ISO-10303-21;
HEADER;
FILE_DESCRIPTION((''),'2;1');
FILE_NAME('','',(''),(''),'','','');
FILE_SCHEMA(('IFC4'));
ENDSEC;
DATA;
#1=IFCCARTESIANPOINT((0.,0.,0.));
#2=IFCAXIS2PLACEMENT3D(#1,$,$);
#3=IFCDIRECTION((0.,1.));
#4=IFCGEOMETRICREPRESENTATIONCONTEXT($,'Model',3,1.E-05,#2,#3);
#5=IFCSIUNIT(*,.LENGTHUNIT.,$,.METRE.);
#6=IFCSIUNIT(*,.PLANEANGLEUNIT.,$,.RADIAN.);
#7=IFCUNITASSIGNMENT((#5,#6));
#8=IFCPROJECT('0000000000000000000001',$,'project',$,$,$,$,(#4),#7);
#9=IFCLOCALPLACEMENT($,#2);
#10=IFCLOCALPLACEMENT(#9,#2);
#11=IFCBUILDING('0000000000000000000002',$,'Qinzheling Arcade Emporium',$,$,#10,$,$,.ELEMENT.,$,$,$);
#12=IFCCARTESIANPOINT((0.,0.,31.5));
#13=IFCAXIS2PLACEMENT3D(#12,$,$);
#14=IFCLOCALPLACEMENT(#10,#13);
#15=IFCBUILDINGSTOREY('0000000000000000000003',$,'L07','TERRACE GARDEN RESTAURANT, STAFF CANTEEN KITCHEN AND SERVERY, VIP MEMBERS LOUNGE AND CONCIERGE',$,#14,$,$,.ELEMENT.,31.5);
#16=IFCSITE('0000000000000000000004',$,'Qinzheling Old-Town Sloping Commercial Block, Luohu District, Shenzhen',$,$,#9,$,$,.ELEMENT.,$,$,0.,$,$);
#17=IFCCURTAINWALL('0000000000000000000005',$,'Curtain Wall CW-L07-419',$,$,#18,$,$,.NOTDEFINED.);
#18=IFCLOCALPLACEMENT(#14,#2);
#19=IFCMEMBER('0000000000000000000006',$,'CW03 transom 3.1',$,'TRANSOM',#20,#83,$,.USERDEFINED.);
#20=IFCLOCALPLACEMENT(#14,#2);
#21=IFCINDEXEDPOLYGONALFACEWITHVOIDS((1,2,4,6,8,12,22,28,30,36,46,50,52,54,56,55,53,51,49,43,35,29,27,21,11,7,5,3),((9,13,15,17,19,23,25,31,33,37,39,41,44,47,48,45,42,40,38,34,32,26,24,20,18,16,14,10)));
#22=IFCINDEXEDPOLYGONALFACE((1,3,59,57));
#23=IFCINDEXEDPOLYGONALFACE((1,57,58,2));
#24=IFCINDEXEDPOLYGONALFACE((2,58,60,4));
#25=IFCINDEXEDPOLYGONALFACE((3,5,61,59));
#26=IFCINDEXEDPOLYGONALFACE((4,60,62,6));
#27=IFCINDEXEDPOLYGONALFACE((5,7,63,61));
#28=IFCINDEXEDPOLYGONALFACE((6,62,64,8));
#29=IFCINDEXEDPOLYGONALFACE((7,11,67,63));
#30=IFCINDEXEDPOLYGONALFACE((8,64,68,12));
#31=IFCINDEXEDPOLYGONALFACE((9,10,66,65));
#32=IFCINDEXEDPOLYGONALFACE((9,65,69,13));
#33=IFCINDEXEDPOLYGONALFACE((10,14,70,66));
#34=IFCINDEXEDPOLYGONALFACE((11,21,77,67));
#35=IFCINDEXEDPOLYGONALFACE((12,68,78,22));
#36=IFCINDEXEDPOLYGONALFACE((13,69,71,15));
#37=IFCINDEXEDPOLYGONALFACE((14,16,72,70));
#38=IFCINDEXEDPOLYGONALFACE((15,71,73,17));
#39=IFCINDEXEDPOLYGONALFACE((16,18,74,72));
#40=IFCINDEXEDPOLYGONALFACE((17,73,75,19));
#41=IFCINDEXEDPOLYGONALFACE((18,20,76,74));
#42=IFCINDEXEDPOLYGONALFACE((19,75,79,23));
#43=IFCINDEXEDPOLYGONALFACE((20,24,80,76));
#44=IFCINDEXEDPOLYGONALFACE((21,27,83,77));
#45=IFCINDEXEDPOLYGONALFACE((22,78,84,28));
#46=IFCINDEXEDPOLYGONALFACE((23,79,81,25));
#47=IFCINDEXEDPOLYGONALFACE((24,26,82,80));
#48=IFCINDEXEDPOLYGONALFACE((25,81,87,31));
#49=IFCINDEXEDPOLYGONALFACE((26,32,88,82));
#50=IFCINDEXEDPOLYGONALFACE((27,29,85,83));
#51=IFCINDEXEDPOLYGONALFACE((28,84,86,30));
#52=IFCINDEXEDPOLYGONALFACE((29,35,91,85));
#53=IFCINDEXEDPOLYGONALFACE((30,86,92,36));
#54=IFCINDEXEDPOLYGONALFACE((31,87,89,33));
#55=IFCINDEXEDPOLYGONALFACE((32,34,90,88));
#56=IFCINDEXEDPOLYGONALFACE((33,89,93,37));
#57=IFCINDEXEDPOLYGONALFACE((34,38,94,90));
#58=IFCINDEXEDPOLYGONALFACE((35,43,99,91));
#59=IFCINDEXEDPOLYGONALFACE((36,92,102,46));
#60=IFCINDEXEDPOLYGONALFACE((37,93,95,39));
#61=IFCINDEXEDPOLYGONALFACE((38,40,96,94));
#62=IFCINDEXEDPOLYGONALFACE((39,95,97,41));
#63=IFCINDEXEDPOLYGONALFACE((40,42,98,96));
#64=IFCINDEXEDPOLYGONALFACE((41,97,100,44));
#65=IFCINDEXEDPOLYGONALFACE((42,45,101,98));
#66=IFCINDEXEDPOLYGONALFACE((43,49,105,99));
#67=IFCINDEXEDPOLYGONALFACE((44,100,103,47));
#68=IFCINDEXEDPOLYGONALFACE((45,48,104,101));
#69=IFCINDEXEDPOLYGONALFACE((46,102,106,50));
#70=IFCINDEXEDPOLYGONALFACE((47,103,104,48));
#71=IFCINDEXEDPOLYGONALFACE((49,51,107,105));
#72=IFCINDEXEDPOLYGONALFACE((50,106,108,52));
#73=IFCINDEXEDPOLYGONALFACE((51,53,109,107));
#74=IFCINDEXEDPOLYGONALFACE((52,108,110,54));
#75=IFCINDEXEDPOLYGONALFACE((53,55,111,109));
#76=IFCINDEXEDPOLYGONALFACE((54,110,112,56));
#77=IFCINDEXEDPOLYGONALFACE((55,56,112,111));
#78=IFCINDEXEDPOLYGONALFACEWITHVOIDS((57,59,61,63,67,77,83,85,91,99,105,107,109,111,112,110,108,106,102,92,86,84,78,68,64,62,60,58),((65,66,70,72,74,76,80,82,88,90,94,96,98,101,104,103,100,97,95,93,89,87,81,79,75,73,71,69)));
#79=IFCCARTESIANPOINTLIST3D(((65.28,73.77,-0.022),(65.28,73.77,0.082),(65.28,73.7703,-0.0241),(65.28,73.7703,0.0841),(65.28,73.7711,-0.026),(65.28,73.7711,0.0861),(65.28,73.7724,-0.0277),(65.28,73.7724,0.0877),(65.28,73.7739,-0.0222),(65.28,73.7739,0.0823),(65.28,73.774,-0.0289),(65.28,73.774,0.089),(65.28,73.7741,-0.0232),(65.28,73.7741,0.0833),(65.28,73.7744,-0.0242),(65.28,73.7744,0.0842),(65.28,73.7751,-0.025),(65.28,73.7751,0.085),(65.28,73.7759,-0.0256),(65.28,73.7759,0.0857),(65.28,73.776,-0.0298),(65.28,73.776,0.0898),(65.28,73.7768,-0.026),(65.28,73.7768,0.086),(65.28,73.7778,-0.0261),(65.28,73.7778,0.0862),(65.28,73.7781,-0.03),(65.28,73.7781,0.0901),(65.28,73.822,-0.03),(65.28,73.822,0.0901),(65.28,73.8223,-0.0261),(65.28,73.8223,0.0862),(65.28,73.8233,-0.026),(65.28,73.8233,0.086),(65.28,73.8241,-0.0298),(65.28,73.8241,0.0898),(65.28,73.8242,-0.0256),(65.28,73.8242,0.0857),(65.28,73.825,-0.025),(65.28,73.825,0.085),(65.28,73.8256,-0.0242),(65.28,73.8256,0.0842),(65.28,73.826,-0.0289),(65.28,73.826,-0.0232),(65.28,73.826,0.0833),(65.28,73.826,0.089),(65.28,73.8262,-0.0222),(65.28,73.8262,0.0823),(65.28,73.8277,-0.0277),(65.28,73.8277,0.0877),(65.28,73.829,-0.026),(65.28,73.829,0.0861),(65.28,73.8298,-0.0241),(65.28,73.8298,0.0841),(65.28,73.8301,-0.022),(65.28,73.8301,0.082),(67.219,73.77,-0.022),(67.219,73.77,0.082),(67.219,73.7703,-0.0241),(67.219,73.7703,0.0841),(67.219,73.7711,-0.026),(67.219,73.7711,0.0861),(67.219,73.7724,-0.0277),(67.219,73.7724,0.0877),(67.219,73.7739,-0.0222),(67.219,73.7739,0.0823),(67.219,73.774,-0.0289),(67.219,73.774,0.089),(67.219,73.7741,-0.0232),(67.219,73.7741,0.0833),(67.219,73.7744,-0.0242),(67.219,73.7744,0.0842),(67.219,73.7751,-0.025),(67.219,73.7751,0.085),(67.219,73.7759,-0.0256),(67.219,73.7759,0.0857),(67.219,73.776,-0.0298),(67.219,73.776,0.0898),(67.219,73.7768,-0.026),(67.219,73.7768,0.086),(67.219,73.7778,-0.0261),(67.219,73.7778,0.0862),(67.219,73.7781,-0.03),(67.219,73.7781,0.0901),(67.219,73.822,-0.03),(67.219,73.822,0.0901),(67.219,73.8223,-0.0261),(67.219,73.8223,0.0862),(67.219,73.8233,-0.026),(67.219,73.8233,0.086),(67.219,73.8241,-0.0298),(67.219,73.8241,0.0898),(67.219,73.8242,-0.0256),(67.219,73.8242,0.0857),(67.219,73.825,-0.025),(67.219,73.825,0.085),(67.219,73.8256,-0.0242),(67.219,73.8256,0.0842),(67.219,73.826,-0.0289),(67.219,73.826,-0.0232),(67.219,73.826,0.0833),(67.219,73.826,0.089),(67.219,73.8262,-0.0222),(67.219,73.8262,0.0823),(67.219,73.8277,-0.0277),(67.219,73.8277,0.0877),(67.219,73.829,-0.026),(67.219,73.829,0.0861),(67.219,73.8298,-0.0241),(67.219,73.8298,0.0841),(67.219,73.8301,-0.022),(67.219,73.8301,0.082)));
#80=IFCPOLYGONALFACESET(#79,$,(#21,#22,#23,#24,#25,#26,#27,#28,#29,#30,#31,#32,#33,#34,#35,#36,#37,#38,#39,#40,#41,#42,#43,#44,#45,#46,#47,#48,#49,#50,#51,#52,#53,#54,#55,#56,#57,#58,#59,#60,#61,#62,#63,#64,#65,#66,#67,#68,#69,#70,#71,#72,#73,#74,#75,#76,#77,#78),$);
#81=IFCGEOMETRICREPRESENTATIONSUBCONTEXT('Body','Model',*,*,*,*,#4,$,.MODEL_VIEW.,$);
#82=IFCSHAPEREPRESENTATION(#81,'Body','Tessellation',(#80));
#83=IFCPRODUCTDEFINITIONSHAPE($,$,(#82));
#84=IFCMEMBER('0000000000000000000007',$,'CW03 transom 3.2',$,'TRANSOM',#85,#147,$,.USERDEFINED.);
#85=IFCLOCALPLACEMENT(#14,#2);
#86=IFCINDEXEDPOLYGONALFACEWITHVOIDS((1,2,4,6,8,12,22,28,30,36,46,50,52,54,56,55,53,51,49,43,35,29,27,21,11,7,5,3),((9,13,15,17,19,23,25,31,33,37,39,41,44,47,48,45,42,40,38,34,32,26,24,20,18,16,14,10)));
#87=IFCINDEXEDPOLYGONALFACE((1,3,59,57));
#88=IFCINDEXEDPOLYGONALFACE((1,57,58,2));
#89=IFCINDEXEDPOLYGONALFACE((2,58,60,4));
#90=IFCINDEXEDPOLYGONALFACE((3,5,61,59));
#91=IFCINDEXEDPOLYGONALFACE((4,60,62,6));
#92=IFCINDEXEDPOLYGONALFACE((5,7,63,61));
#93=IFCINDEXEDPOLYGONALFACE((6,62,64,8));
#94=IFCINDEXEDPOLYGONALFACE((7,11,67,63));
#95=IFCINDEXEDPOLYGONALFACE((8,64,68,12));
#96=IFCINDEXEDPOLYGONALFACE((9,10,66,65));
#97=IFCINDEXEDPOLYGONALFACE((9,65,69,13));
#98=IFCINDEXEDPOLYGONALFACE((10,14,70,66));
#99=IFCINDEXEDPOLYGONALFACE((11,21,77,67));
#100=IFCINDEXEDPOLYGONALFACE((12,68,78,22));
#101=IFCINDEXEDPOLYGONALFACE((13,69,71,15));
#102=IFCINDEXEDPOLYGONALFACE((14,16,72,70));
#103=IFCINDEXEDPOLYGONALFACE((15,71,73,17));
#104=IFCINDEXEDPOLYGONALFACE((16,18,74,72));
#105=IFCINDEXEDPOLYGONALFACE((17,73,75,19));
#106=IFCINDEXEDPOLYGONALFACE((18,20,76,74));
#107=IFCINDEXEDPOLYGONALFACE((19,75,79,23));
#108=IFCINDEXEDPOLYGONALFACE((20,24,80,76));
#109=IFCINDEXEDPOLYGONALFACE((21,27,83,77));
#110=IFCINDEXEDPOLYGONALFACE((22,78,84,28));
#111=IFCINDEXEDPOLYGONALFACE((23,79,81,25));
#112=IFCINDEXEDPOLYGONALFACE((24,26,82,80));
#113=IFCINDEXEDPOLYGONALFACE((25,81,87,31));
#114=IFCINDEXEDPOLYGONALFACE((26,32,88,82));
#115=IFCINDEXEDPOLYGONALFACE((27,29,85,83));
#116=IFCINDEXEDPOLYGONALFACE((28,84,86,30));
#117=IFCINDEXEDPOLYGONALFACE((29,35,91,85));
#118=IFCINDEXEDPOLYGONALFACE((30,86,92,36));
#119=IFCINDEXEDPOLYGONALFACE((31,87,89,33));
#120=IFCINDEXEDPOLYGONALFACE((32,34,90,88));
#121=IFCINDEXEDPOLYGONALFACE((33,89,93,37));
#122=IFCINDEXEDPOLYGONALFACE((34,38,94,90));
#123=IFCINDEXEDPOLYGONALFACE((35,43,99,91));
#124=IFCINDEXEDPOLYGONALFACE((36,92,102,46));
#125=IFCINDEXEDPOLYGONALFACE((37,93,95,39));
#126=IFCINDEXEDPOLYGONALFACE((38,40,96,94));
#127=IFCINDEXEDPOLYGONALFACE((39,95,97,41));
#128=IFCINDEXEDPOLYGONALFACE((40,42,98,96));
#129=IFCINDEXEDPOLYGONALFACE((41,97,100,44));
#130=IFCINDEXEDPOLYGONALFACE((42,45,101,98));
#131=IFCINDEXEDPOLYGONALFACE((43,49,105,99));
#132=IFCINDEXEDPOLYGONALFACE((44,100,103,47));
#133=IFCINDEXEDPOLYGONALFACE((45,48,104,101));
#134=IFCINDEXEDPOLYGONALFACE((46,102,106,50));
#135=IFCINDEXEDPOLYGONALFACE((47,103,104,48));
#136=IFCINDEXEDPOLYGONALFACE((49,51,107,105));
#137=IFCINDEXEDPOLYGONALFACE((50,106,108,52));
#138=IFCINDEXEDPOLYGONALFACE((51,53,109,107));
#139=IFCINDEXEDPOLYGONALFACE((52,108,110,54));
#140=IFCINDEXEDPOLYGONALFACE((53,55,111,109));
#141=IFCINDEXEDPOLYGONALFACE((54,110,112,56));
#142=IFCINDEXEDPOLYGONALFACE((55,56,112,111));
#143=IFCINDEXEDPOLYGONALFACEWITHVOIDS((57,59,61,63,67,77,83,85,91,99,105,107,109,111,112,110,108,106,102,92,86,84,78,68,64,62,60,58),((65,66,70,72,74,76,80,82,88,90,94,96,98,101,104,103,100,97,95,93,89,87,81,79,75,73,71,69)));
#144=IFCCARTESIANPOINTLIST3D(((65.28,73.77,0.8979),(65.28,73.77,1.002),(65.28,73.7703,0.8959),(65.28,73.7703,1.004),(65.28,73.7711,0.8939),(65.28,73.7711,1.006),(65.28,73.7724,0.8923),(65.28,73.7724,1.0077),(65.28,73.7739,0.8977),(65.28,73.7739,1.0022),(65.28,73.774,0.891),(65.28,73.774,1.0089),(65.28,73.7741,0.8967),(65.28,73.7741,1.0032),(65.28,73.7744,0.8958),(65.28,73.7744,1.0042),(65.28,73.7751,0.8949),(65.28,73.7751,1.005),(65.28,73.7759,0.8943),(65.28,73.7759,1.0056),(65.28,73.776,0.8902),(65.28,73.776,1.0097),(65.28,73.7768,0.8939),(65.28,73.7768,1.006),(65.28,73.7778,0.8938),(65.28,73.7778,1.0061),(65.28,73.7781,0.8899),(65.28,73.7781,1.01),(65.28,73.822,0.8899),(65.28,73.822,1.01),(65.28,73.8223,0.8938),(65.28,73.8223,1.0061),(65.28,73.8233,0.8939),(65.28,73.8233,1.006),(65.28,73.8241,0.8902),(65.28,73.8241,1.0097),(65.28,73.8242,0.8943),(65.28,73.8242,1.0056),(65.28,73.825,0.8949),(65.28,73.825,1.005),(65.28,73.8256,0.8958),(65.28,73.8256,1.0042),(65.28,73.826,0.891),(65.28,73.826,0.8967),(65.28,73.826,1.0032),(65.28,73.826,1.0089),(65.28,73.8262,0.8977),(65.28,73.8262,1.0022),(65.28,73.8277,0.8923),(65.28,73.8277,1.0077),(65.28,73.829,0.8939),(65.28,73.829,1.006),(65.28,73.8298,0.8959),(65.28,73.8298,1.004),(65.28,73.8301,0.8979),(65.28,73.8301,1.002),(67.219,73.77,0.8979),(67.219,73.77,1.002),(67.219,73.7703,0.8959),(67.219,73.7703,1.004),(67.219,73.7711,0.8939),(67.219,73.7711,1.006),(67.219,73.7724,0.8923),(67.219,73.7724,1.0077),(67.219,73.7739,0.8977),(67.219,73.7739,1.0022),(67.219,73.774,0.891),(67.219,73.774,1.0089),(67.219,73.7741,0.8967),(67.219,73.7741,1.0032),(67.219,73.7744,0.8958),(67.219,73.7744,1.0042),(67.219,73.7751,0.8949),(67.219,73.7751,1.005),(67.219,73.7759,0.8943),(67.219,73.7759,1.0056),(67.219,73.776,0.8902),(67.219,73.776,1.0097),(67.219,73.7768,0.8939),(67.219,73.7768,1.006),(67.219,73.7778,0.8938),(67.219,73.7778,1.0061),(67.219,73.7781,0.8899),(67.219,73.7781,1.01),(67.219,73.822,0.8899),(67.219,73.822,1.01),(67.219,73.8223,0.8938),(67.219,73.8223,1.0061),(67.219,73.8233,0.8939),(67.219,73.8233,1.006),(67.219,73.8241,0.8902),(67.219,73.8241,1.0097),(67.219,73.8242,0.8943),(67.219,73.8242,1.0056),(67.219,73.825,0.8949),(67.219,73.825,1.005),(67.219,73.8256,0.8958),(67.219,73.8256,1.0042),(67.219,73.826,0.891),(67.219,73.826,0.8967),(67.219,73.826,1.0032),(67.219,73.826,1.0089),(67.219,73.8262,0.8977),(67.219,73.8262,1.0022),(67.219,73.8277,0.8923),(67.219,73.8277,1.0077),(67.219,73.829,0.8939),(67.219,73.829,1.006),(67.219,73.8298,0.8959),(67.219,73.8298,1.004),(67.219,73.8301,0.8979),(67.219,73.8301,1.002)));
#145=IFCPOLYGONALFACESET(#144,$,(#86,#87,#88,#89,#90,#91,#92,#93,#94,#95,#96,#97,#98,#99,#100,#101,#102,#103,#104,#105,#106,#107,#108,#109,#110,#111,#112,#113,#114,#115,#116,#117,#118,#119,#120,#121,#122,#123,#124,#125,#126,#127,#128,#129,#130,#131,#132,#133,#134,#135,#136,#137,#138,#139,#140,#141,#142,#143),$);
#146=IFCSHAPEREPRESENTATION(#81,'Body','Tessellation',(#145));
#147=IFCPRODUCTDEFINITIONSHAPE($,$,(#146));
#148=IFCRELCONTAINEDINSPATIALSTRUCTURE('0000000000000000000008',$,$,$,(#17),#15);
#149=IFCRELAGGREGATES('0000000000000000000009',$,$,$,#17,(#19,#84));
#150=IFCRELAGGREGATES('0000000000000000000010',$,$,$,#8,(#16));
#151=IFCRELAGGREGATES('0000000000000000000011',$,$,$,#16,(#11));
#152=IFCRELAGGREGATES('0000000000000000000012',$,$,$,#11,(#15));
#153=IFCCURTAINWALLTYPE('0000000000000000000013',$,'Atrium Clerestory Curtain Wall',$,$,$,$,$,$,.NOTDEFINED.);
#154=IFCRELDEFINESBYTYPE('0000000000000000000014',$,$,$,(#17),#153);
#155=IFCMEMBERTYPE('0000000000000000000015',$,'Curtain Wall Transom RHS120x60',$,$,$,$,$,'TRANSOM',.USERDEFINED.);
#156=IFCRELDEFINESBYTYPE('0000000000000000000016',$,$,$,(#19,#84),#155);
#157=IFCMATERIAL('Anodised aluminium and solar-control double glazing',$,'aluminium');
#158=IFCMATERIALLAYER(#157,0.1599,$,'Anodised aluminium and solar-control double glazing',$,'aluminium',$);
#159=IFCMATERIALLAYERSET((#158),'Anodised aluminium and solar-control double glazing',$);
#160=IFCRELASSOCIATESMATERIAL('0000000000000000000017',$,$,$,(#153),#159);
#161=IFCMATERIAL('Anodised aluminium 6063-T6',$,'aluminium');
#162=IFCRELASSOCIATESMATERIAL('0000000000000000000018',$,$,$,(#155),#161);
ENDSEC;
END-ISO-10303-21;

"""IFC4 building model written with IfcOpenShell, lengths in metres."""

from ifc_helpers import new_model, si_unit, direction, frame, origin, origin_2d, place, context, subcontext, project, spatial, hollow_rectangle, extrude, material, layer, layer_set, material_profile, profile_set, type_object, element, aggregate, save


model = new_model("IFC4")

# Units and contexts
model_context = context("Model", 3, precision=1e-05, world=origin(), true_north=direction((0.0, 1.0)))
body_context = subcontext(model_context, "Body", "Model", "MODEL_VIEW")
ifc_project = project(units=[si_unit("LENGTHUNIT", "METRE"), si_unit("PLANEANGLEUNIT", "RADIAN")], contexts=[model_context])

# Site, building, storey
site_placement = place(None, origin())
site = spatial("IfcSite", under=ifc_project, at=site_placement, Name="Qinzheling Old-Town Sloping Commercial Block, Luohu District, Shenzhen", CompositionType="ELEMENT", RefElevation=0.0)
building_placement = place(site_placement, origin())
building = spatial("IfcBuilding", under=site, at=building_placement, Name="Qinzheling Arcade Emporium", CompositionType="ELEMENT")
storey_placement = place(building_placement, frame((0.0, 0.0, 31.5)))
storey = spatial("IfcBuildingStorey", under=building, at=storey_placement, Name="L07", Description="TERRACE GARDEN RESTAURANT, STAFF CANTEEN KITCHEN AND SERVERY, VIP MEMBERS LOUNGE AND CONCIERGE", CompositionType="ELEMENT", Elevation=31.5)

# Curtain wall, members
ifc_material_1 = material(Name="Anodised aluminium and solar-control double glazing", Category="aluminium")
ifc_layer_1 = layer(ifc_material_1, 0.1599, Name="Anodised aluminium and solar-control double glazing", Category="aluminium")
ifc_layer_set_1 = layer_set([ifc_layer_1], Name="Anodised aluminium and solar-control double glazing")
curtain_wall_type = type_object("IfcCurtainWallType", Name="Atrium Clerestory Curtain Wall", PredefinedType="NOTDEFINED", material=ifc_layer_set_1)
curtain_wall_placement = place(storey_placement, origin())
curtain_wall = element("IfcCurtainWall", 1, at=curtain_wall_placement, inside=storey, type_object=curtain_wall_type, Name="Curtain Wall CW-L07-419", PredefinedType="NOTDEFINED")
ifc_material_2 = material(Name="Anodised aluminium 6063-T6", Category="aluminium")
ifc_material_profile_1 = material_profile(ifc_material_2, hollow_rectangle(XDim=0.0601, YDim=0.1201, WallThickness=0.0039, InnerFilletRadius=0.0039, OuterFilletRadius=0.0081, at=origin_2d()), Name="RHS 120x60x4", Category="aluminium")
ifc_profile_set_1 = profile_set([ifc_material_profile_1], Name="Anodised aluminium 6063-T6")
member_type_1 = type_object("IfcMemberType", Name="Curtain Wall Transom RHS120x60", ElementType="TRANSOM", PredefinedType="USERDEFINED", material=ifc_profile_set_1)
member_1_placement = place(storey_placement, frame((65.28, 73.8, 0.03), z_axis=(1.0, 0.0, 0.0), x_axis=(0.0, 1.0, 0.0)))
member_1 = element("IfcMember", 2, at=member_1_placement, type_object=member_type_1, Name="CW03 transom 3.1", ObjectType="TRANSOM", PredefinedType="USERDEFINED", context=body_context, shape_type="SweptSolid", body=[
    extrude(hollow_rectangle(XDim=0.0601, YDim=0.1201, WallThickness=0.0039, InnerFilletRadius=0.0039, OuterFilletRadius=0.0081, at=origin_2d()), origin(), (0.0, 0.0, 1.0), 1.939),
])
member_2_placement = place(storey_placement, frame((65.28, 73.8, 0.95), z_axis=(1.0, 0.0, 0.0), x_axis=(0.0, 1.0, 0.0)))
member_2 = element("IfcMember", 3, at=member_2_placement, type_object=member_type_1, Name="CW03 transom 3.2", ObjectType="TRANSOM", PredefinedType="USERDEFINED", context=body_context, shape_type="SweptSolid", body=[
    extrude(hollow_rectangle(XDim=0.0601, YDim=0.1201, WallThickness=0.0039, InnerFilletRadius=0.0039, OuterFilletRadius=0.0081, at=origin_2d()), origin(), (0.0, 0.0, 1.0), 1.939),
])

aggregate(curtain_wall, [member_1, member_2])

save(model, "model.ifc")
